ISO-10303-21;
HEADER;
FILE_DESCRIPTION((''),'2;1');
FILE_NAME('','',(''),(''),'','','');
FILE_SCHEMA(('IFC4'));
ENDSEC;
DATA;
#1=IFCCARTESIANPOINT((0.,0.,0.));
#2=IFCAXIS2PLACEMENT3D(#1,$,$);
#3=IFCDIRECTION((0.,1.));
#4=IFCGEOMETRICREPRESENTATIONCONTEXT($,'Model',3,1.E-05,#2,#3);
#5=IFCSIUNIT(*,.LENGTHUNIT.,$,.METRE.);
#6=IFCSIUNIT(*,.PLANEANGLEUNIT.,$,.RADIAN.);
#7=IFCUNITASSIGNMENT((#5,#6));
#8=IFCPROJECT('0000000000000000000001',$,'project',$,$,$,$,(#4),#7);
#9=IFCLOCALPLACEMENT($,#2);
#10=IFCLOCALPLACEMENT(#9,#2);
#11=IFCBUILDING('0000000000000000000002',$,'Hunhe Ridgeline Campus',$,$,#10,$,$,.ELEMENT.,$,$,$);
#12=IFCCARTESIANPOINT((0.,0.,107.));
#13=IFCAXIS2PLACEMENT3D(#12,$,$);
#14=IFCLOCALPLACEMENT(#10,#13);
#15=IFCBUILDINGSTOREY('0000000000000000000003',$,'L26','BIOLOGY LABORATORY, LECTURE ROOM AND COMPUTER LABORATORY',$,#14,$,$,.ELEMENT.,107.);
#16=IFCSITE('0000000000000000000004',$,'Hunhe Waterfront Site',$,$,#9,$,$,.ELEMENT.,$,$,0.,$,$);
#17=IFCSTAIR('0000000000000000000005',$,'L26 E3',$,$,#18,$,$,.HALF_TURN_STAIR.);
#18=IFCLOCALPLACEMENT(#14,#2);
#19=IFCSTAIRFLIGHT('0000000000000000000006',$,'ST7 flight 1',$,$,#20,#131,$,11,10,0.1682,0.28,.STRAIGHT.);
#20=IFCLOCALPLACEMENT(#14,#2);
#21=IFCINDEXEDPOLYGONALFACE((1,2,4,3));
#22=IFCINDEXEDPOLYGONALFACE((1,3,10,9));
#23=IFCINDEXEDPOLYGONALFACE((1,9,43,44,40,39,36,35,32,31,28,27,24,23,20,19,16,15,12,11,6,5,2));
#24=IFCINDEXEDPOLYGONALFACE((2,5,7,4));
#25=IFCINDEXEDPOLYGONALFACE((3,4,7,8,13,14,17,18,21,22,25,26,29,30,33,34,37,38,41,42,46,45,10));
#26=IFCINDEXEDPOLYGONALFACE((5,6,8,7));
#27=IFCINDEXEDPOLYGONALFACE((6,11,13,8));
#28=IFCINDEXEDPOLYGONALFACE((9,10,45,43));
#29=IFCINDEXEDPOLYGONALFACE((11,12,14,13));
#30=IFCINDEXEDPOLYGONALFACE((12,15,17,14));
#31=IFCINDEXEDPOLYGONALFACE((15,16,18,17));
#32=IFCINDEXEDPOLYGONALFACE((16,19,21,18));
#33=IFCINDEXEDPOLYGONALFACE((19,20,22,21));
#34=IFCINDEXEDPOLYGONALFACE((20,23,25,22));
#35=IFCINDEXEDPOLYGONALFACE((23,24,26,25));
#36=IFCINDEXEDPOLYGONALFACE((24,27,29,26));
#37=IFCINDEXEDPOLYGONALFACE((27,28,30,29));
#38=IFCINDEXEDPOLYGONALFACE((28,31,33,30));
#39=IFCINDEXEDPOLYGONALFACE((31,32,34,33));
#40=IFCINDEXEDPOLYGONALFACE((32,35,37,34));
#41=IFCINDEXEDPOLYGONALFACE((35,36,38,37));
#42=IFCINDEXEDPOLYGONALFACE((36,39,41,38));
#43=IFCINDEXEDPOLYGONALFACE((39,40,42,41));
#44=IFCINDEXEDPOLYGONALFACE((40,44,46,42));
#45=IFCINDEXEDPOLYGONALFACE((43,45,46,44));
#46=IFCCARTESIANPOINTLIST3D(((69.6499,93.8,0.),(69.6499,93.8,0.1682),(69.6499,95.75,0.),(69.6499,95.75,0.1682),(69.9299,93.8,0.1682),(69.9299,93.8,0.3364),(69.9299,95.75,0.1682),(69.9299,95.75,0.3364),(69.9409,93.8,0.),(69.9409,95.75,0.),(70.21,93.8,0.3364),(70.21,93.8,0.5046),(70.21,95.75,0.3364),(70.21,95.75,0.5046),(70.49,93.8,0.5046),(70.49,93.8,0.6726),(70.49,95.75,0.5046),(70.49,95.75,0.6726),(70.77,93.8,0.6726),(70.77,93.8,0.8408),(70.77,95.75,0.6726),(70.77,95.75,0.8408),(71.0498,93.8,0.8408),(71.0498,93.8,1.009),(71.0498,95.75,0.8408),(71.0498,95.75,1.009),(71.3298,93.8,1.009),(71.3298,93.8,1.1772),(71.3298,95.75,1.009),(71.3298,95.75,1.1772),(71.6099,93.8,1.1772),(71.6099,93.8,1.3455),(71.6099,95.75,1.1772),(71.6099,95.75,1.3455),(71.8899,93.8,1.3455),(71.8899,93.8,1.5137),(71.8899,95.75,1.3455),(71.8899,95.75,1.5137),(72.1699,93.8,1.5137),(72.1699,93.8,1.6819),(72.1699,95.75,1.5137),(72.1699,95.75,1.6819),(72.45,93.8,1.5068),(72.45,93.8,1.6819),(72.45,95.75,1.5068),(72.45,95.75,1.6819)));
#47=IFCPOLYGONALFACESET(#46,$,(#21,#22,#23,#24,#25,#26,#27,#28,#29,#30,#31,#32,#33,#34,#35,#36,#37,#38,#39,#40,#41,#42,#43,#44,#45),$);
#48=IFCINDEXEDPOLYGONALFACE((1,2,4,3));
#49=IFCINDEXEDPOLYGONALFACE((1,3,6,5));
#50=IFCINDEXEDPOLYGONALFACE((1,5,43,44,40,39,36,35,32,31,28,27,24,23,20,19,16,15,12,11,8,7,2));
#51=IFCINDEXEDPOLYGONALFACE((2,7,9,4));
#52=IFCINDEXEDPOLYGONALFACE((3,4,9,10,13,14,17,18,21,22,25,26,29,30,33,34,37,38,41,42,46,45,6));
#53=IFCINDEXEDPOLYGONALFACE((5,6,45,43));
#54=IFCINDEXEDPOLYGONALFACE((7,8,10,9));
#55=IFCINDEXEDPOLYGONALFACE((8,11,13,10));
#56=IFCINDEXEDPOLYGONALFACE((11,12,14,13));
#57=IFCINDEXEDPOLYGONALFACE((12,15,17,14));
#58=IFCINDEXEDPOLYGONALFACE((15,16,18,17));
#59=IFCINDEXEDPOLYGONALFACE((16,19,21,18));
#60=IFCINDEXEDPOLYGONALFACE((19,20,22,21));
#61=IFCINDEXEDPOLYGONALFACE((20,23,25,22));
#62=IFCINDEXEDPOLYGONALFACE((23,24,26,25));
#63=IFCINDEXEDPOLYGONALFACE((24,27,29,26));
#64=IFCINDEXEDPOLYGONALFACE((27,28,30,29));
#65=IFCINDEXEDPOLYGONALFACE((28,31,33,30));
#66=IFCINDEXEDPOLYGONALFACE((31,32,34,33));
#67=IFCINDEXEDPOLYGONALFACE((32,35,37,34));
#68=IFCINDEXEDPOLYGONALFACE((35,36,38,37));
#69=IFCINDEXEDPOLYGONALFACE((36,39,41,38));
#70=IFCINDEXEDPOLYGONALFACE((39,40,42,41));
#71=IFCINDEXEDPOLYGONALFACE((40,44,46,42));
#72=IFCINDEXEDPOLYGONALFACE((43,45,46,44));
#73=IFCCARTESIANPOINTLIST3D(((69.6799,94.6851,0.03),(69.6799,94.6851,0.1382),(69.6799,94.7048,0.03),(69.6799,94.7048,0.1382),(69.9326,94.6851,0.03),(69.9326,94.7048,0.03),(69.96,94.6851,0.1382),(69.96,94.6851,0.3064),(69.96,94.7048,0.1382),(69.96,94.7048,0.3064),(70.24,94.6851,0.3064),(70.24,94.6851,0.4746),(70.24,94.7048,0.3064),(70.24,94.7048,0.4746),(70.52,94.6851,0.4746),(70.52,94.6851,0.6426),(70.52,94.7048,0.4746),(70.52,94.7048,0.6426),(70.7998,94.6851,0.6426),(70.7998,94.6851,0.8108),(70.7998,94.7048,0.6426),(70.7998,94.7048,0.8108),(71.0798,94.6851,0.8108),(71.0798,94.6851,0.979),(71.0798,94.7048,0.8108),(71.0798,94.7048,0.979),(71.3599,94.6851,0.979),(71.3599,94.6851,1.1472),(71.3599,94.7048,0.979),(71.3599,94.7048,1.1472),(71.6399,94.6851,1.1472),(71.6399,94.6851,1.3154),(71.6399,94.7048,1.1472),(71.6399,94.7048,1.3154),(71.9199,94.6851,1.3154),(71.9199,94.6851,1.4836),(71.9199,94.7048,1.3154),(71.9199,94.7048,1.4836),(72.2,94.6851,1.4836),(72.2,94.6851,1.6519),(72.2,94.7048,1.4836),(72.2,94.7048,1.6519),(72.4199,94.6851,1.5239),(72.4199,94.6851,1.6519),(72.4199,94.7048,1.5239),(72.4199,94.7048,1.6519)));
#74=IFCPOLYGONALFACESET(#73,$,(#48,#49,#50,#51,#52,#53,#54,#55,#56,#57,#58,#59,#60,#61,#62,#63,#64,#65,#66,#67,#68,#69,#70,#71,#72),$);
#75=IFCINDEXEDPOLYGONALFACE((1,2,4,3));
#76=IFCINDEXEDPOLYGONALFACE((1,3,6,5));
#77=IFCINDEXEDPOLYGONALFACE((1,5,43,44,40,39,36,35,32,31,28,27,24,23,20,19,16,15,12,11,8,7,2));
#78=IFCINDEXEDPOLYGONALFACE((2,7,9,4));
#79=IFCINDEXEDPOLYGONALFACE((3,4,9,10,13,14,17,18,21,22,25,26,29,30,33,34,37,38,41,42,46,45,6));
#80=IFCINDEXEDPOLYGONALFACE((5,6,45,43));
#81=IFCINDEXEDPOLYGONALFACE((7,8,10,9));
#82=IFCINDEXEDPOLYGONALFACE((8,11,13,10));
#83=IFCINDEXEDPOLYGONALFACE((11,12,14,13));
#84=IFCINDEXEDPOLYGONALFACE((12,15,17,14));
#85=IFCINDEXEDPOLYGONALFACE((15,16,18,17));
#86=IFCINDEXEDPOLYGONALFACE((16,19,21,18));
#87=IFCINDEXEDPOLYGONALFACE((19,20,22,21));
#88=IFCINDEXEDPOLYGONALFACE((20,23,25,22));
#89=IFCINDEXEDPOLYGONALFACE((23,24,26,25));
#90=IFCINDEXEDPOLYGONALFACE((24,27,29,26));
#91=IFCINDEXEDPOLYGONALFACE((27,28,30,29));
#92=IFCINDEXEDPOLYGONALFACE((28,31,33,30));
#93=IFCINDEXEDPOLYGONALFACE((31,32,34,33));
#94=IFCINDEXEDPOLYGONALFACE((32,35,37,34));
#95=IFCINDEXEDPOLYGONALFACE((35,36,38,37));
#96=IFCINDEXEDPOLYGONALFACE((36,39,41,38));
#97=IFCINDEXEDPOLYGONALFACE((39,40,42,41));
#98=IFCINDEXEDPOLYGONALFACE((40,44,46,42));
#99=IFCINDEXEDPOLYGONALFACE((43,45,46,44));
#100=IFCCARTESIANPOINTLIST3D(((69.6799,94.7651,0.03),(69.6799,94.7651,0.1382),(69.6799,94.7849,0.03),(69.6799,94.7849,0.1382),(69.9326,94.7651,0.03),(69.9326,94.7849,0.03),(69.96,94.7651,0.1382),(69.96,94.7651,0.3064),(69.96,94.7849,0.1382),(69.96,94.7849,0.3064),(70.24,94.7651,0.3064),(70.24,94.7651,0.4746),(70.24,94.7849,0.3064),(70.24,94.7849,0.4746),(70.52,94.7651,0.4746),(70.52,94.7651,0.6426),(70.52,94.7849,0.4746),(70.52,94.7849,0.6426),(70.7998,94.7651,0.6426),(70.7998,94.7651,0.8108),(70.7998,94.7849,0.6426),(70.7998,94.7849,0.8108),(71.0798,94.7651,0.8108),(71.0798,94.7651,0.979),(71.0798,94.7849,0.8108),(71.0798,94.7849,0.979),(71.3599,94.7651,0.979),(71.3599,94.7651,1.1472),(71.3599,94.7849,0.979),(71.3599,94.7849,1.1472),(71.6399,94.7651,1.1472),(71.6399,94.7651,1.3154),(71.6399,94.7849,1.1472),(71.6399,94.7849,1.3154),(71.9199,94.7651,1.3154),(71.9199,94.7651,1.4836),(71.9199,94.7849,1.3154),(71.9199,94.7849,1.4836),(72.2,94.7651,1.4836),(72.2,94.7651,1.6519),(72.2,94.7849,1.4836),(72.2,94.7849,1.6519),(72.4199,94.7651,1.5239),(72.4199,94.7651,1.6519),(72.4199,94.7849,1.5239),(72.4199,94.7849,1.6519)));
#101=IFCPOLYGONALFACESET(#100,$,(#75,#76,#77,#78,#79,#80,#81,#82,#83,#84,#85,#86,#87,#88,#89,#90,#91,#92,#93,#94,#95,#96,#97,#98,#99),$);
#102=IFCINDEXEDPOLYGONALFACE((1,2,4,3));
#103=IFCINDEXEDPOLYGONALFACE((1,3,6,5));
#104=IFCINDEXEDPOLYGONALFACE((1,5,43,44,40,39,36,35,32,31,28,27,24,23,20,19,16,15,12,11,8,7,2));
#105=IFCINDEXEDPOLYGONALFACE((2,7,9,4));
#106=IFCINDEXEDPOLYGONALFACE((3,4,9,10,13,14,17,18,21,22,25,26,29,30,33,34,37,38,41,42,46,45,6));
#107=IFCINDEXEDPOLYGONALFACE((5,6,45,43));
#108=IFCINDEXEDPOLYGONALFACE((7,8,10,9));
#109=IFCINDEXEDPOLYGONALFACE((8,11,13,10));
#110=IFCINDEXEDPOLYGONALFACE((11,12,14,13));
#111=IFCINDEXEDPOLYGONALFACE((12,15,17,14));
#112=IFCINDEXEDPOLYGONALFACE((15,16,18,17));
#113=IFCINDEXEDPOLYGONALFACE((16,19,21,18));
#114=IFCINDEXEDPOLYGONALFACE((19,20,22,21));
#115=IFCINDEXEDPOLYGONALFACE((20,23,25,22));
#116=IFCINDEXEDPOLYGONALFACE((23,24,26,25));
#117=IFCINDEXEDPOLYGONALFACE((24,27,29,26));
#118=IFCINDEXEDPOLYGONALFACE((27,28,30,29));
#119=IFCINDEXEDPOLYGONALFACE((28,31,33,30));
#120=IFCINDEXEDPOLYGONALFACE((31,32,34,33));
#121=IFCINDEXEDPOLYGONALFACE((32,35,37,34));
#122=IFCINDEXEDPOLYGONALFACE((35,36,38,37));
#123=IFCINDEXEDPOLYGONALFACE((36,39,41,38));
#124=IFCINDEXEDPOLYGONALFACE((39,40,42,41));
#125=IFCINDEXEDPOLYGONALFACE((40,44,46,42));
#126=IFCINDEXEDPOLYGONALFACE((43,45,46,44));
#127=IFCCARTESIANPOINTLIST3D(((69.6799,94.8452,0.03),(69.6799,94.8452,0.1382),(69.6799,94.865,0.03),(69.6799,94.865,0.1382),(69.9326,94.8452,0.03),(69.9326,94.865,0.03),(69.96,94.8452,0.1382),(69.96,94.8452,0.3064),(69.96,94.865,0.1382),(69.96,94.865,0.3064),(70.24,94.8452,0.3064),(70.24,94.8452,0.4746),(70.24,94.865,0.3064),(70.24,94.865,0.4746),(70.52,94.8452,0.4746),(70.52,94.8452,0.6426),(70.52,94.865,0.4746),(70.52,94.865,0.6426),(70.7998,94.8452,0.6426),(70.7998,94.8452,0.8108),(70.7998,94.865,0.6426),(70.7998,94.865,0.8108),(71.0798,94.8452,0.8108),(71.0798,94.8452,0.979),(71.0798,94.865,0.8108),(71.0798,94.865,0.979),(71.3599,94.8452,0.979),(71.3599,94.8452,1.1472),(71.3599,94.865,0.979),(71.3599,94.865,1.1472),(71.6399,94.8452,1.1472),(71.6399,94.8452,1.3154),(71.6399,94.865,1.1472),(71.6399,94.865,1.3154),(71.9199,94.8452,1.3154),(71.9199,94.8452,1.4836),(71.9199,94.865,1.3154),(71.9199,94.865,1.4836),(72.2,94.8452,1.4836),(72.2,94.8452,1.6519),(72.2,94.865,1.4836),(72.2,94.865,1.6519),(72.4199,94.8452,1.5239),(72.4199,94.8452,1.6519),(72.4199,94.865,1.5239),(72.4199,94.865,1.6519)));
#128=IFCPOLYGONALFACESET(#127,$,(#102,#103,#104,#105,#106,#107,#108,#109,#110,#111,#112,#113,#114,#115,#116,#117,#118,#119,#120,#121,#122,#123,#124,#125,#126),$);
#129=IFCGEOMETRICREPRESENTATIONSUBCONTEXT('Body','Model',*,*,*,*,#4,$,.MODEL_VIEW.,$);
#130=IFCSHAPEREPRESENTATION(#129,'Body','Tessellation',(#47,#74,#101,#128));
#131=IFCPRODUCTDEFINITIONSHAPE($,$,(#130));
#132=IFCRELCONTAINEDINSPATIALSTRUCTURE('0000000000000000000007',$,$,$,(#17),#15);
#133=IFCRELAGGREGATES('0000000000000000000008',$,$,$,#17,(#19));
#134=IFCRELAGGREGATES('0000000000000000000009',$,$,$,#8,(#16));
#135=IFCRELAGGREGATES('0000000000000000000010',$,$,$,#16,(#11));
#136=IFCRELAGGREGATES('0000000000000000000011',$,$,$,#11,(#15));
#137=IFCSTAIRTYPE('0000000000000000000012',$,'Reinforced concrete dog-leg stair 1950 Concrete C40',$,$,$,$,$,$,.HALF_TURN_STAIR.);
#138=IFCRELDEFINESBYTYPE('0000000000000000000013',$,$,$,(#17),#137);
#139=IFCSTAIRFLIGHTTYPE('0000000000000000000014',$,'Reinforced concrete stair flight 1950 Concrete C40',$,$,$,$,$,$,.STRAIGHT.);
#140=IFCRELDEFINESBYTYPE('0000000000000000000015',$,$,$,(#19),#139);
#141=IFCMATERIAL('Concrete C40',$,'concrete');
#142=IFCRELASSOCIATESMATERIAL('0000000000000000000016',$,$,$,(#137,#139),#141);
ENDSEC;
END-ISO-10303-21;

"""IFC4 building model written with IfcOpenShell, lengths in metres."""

from ifc_helpers import new_model, si_unit, direction, frame, origin, place, context, subcontext, project, spatial, polyline, outline, extrude, material, type_object, element, aggregate, save


model = new_model("IFC4")

# Units and contexts
model_context = context("Model", 3, precision=1e-05, world=origin(), true_north=direction((0.0, 1.0)))
body_context = subcontext(model_context, "Body", "Model", "MODEL_VIEW")
ifc_project = project(units=[si_unit("LENGTHUNIT", "METRE"), si_unit("PLANEANGLEUNIT", "RADIAN")], contexts=[model_context])

# Site, building, storey
site_placement = place(None, origin())
site = spatial("IfcSite", under=ifc_project, at=site_placement, Name="Hunhe Waterfront Site", CompositionType="ELEMENT", RefElevation=0.0)
building_placement = place(site_placement, origin())
building = spatial("IfcBuilding", under=site, at=building_placement, Name="Hunhe Ridgeline Campus", CompositionType="ELEMENT")
storey_placement = place(building_placement, frame((0.0, 0.0, 107.0)))
storey = spatial("IfcBuildingStorey", under=building, at=storey_placement, Name="L26", Description="BIOLOGY LABORATORY, LECTURE ROOM AND COMPUTER LABORATORY", CompositionType="ELEMENT", Elevation=107.0)

# Shared definitions
ifc_material_1 = material(Name="Concrete C40", Category="concrete")
stair_type = type_object("IfcStairType", Name="Reinforced concrete dog-leg stair 1950 Concrete C40", PredefinedType="HALF_TURN_STAIR", material=ifc_material_1)
stair_flight_type = type_object("IfcStairFlightType", Name="Reinforced concrete stair flight 1950 Concrete C40", PredefinedType="STRAIGHT", material=ifc_material_1)

# Stair, stair flight
stair_1_placement = place(storey_placement, origin())
stair_1 = element("IfcStair", 1, at=stair_1_placement, inside=storey, type_object=stair_type, Name="L26 E3", PredefinedType="HALF_TURN_STAIR")
stair_flight_1_placement = place(storey_placement, frame((69.6499, 94.7749, 0.0), z_axis=(0.0, 0.0, 1.0), x_axis=(1.0, 0.0, 0.0)))
stair_flight_1 = element("IfcStairFlight", 2, at=stair_flight_1_placement, type_object=stair_flight_type, Name="ST7 flight 1", NumberOfRisers=11, NumberOfTreads=10, PredefinedType="STRAIGHT", RiserHeight=0.1682, TreadLength=0.28, context=body_context, shape_type="SweptSolid", body=[
    extrude(outline(polyline([(0.0, 0.0), (0.0, 0.1682), (0.28, 0.1682), (0.28, 0.3364), (0.5601, 0.3364), (0.5601, 0.5046), (0.8401, 0.5046), (0.8401, 0.6726), (1.1201, 0.6726), (1.1201, 0.8408), (1.3999, 0.8408), (1.3999, 1.009), (1.6799, 1.009), (1.6799, 1.1772), (1.96, 1.1772), (1.96, 1.3455), (2.24, 1.3455), (2.24, 1.5137), (2.52, 1.5137), (2.52, 1.6819), (2.8, 1.6819), (2.8, 1.8501), (2.8, 1.5068), (0.291, 0.0), (0.0, 0.0)])), frame((0.0, 0.9751, 0.0), z_axis=(0.0, -1.0, 0.0), x_axis=(1.0, 0.0, 0.0)), (0.0, 0.0, 1.0), 1.95),
    extrude(outline(polyline([(0.03, 0.03), (0.03, 0.1382), (0.3101, 0.1382), (0.3101, 0.3064), (0.5901, 0.3064), (0.5901, 0.4746), (0.8701, 0.4746), (0.8701, 0.6426), (1.1499, 0.6426), (1.1499, 0.8108), (1.4299, 0.8108), (1.4299, 0.979), (1.71, 0.979), (1.71, 1.1472), (1.99, 1.1472), (1.99, 1.3154), (2.27, 1.3154), (2.27, 1.4836), (2.55, 1.4836), (2.55, 1.6519), (2.77, 1.6519), (2.77, 1.5239), (0.2827, 0.03), (0.03, 0.03)])), frame((0.0, -0.0701, 0.0), z_axis=(0.0, -1.0, 0.0), x_axis=(1.0, 0.0, 0.0)), (0.0, 0.0, 1.0), 0.0198),
    extrude(outline(polyline([(0.03, 0.03), (0.03, 0.1382), (0.3101, 0.1382), (0.3101, 0.3064), (0.5901, 0.3064), (0.5901, 0.4746), (0.8701, 0.4746), (0.8701, 0.6426), (1.1499, 0.6426), (1.1499, 0.8108), (1.4299, 0.8108), (1.4299, 0.979), (1.71, 0.979), (1.71, 1.1472), (1.99, 1.1472), (1.99, 1.3154), (2.27, 1.3154), (2.27, 1.4836), (2.55, 1.4836), (2.55, 1.6519), (2.77, 1.6519), (2.77, 1.5239), (0.2827, 0.03), (0.03, 0.03)])), frame((0.0, 0.01, 0.0), z_axis=(0.0, -1.0, 0.0), x_axis=(1.0, 0.0, 0.0)), (0.0, 0.0, 1.0), 0.0198),
    extrude(outline(polyline([(0.03, 0.03), (0.03, 0.1382), (0.3101, 0.1382), (0.3101, 0.3064), (0.5901, 0.3064), (0.5901, 0.4746), (0.8701, 0.4746), (0.8701, 0.6426), (1.1499, 0.6426), (1.1499, 0.8108), (1.4299, 0.8108), (1.4299, 0.979), (1.71, 0.979), (1.71, 1.1472), (1.99, 1.1472), (1.99, 1.3154), (2.27, 1.3154), (2.27, 1.4836), (2.55, 1.4836), (2.55, 1.6519), (2.77, 1.6519), (2.77, 1.5239), (0.2827, 0.03), (0.03, 0.03)])), frame((0.0, 0.0901, 0.0), z_axis=(0.0, -1.0, 0.0), x_axis=(1.0, 0.0, 0.0)), (0.0, 0.0, 1.0), 0.0198),
])
aggregate(stair_1, [stair_flight_1])

save(model, "model.ifc")
